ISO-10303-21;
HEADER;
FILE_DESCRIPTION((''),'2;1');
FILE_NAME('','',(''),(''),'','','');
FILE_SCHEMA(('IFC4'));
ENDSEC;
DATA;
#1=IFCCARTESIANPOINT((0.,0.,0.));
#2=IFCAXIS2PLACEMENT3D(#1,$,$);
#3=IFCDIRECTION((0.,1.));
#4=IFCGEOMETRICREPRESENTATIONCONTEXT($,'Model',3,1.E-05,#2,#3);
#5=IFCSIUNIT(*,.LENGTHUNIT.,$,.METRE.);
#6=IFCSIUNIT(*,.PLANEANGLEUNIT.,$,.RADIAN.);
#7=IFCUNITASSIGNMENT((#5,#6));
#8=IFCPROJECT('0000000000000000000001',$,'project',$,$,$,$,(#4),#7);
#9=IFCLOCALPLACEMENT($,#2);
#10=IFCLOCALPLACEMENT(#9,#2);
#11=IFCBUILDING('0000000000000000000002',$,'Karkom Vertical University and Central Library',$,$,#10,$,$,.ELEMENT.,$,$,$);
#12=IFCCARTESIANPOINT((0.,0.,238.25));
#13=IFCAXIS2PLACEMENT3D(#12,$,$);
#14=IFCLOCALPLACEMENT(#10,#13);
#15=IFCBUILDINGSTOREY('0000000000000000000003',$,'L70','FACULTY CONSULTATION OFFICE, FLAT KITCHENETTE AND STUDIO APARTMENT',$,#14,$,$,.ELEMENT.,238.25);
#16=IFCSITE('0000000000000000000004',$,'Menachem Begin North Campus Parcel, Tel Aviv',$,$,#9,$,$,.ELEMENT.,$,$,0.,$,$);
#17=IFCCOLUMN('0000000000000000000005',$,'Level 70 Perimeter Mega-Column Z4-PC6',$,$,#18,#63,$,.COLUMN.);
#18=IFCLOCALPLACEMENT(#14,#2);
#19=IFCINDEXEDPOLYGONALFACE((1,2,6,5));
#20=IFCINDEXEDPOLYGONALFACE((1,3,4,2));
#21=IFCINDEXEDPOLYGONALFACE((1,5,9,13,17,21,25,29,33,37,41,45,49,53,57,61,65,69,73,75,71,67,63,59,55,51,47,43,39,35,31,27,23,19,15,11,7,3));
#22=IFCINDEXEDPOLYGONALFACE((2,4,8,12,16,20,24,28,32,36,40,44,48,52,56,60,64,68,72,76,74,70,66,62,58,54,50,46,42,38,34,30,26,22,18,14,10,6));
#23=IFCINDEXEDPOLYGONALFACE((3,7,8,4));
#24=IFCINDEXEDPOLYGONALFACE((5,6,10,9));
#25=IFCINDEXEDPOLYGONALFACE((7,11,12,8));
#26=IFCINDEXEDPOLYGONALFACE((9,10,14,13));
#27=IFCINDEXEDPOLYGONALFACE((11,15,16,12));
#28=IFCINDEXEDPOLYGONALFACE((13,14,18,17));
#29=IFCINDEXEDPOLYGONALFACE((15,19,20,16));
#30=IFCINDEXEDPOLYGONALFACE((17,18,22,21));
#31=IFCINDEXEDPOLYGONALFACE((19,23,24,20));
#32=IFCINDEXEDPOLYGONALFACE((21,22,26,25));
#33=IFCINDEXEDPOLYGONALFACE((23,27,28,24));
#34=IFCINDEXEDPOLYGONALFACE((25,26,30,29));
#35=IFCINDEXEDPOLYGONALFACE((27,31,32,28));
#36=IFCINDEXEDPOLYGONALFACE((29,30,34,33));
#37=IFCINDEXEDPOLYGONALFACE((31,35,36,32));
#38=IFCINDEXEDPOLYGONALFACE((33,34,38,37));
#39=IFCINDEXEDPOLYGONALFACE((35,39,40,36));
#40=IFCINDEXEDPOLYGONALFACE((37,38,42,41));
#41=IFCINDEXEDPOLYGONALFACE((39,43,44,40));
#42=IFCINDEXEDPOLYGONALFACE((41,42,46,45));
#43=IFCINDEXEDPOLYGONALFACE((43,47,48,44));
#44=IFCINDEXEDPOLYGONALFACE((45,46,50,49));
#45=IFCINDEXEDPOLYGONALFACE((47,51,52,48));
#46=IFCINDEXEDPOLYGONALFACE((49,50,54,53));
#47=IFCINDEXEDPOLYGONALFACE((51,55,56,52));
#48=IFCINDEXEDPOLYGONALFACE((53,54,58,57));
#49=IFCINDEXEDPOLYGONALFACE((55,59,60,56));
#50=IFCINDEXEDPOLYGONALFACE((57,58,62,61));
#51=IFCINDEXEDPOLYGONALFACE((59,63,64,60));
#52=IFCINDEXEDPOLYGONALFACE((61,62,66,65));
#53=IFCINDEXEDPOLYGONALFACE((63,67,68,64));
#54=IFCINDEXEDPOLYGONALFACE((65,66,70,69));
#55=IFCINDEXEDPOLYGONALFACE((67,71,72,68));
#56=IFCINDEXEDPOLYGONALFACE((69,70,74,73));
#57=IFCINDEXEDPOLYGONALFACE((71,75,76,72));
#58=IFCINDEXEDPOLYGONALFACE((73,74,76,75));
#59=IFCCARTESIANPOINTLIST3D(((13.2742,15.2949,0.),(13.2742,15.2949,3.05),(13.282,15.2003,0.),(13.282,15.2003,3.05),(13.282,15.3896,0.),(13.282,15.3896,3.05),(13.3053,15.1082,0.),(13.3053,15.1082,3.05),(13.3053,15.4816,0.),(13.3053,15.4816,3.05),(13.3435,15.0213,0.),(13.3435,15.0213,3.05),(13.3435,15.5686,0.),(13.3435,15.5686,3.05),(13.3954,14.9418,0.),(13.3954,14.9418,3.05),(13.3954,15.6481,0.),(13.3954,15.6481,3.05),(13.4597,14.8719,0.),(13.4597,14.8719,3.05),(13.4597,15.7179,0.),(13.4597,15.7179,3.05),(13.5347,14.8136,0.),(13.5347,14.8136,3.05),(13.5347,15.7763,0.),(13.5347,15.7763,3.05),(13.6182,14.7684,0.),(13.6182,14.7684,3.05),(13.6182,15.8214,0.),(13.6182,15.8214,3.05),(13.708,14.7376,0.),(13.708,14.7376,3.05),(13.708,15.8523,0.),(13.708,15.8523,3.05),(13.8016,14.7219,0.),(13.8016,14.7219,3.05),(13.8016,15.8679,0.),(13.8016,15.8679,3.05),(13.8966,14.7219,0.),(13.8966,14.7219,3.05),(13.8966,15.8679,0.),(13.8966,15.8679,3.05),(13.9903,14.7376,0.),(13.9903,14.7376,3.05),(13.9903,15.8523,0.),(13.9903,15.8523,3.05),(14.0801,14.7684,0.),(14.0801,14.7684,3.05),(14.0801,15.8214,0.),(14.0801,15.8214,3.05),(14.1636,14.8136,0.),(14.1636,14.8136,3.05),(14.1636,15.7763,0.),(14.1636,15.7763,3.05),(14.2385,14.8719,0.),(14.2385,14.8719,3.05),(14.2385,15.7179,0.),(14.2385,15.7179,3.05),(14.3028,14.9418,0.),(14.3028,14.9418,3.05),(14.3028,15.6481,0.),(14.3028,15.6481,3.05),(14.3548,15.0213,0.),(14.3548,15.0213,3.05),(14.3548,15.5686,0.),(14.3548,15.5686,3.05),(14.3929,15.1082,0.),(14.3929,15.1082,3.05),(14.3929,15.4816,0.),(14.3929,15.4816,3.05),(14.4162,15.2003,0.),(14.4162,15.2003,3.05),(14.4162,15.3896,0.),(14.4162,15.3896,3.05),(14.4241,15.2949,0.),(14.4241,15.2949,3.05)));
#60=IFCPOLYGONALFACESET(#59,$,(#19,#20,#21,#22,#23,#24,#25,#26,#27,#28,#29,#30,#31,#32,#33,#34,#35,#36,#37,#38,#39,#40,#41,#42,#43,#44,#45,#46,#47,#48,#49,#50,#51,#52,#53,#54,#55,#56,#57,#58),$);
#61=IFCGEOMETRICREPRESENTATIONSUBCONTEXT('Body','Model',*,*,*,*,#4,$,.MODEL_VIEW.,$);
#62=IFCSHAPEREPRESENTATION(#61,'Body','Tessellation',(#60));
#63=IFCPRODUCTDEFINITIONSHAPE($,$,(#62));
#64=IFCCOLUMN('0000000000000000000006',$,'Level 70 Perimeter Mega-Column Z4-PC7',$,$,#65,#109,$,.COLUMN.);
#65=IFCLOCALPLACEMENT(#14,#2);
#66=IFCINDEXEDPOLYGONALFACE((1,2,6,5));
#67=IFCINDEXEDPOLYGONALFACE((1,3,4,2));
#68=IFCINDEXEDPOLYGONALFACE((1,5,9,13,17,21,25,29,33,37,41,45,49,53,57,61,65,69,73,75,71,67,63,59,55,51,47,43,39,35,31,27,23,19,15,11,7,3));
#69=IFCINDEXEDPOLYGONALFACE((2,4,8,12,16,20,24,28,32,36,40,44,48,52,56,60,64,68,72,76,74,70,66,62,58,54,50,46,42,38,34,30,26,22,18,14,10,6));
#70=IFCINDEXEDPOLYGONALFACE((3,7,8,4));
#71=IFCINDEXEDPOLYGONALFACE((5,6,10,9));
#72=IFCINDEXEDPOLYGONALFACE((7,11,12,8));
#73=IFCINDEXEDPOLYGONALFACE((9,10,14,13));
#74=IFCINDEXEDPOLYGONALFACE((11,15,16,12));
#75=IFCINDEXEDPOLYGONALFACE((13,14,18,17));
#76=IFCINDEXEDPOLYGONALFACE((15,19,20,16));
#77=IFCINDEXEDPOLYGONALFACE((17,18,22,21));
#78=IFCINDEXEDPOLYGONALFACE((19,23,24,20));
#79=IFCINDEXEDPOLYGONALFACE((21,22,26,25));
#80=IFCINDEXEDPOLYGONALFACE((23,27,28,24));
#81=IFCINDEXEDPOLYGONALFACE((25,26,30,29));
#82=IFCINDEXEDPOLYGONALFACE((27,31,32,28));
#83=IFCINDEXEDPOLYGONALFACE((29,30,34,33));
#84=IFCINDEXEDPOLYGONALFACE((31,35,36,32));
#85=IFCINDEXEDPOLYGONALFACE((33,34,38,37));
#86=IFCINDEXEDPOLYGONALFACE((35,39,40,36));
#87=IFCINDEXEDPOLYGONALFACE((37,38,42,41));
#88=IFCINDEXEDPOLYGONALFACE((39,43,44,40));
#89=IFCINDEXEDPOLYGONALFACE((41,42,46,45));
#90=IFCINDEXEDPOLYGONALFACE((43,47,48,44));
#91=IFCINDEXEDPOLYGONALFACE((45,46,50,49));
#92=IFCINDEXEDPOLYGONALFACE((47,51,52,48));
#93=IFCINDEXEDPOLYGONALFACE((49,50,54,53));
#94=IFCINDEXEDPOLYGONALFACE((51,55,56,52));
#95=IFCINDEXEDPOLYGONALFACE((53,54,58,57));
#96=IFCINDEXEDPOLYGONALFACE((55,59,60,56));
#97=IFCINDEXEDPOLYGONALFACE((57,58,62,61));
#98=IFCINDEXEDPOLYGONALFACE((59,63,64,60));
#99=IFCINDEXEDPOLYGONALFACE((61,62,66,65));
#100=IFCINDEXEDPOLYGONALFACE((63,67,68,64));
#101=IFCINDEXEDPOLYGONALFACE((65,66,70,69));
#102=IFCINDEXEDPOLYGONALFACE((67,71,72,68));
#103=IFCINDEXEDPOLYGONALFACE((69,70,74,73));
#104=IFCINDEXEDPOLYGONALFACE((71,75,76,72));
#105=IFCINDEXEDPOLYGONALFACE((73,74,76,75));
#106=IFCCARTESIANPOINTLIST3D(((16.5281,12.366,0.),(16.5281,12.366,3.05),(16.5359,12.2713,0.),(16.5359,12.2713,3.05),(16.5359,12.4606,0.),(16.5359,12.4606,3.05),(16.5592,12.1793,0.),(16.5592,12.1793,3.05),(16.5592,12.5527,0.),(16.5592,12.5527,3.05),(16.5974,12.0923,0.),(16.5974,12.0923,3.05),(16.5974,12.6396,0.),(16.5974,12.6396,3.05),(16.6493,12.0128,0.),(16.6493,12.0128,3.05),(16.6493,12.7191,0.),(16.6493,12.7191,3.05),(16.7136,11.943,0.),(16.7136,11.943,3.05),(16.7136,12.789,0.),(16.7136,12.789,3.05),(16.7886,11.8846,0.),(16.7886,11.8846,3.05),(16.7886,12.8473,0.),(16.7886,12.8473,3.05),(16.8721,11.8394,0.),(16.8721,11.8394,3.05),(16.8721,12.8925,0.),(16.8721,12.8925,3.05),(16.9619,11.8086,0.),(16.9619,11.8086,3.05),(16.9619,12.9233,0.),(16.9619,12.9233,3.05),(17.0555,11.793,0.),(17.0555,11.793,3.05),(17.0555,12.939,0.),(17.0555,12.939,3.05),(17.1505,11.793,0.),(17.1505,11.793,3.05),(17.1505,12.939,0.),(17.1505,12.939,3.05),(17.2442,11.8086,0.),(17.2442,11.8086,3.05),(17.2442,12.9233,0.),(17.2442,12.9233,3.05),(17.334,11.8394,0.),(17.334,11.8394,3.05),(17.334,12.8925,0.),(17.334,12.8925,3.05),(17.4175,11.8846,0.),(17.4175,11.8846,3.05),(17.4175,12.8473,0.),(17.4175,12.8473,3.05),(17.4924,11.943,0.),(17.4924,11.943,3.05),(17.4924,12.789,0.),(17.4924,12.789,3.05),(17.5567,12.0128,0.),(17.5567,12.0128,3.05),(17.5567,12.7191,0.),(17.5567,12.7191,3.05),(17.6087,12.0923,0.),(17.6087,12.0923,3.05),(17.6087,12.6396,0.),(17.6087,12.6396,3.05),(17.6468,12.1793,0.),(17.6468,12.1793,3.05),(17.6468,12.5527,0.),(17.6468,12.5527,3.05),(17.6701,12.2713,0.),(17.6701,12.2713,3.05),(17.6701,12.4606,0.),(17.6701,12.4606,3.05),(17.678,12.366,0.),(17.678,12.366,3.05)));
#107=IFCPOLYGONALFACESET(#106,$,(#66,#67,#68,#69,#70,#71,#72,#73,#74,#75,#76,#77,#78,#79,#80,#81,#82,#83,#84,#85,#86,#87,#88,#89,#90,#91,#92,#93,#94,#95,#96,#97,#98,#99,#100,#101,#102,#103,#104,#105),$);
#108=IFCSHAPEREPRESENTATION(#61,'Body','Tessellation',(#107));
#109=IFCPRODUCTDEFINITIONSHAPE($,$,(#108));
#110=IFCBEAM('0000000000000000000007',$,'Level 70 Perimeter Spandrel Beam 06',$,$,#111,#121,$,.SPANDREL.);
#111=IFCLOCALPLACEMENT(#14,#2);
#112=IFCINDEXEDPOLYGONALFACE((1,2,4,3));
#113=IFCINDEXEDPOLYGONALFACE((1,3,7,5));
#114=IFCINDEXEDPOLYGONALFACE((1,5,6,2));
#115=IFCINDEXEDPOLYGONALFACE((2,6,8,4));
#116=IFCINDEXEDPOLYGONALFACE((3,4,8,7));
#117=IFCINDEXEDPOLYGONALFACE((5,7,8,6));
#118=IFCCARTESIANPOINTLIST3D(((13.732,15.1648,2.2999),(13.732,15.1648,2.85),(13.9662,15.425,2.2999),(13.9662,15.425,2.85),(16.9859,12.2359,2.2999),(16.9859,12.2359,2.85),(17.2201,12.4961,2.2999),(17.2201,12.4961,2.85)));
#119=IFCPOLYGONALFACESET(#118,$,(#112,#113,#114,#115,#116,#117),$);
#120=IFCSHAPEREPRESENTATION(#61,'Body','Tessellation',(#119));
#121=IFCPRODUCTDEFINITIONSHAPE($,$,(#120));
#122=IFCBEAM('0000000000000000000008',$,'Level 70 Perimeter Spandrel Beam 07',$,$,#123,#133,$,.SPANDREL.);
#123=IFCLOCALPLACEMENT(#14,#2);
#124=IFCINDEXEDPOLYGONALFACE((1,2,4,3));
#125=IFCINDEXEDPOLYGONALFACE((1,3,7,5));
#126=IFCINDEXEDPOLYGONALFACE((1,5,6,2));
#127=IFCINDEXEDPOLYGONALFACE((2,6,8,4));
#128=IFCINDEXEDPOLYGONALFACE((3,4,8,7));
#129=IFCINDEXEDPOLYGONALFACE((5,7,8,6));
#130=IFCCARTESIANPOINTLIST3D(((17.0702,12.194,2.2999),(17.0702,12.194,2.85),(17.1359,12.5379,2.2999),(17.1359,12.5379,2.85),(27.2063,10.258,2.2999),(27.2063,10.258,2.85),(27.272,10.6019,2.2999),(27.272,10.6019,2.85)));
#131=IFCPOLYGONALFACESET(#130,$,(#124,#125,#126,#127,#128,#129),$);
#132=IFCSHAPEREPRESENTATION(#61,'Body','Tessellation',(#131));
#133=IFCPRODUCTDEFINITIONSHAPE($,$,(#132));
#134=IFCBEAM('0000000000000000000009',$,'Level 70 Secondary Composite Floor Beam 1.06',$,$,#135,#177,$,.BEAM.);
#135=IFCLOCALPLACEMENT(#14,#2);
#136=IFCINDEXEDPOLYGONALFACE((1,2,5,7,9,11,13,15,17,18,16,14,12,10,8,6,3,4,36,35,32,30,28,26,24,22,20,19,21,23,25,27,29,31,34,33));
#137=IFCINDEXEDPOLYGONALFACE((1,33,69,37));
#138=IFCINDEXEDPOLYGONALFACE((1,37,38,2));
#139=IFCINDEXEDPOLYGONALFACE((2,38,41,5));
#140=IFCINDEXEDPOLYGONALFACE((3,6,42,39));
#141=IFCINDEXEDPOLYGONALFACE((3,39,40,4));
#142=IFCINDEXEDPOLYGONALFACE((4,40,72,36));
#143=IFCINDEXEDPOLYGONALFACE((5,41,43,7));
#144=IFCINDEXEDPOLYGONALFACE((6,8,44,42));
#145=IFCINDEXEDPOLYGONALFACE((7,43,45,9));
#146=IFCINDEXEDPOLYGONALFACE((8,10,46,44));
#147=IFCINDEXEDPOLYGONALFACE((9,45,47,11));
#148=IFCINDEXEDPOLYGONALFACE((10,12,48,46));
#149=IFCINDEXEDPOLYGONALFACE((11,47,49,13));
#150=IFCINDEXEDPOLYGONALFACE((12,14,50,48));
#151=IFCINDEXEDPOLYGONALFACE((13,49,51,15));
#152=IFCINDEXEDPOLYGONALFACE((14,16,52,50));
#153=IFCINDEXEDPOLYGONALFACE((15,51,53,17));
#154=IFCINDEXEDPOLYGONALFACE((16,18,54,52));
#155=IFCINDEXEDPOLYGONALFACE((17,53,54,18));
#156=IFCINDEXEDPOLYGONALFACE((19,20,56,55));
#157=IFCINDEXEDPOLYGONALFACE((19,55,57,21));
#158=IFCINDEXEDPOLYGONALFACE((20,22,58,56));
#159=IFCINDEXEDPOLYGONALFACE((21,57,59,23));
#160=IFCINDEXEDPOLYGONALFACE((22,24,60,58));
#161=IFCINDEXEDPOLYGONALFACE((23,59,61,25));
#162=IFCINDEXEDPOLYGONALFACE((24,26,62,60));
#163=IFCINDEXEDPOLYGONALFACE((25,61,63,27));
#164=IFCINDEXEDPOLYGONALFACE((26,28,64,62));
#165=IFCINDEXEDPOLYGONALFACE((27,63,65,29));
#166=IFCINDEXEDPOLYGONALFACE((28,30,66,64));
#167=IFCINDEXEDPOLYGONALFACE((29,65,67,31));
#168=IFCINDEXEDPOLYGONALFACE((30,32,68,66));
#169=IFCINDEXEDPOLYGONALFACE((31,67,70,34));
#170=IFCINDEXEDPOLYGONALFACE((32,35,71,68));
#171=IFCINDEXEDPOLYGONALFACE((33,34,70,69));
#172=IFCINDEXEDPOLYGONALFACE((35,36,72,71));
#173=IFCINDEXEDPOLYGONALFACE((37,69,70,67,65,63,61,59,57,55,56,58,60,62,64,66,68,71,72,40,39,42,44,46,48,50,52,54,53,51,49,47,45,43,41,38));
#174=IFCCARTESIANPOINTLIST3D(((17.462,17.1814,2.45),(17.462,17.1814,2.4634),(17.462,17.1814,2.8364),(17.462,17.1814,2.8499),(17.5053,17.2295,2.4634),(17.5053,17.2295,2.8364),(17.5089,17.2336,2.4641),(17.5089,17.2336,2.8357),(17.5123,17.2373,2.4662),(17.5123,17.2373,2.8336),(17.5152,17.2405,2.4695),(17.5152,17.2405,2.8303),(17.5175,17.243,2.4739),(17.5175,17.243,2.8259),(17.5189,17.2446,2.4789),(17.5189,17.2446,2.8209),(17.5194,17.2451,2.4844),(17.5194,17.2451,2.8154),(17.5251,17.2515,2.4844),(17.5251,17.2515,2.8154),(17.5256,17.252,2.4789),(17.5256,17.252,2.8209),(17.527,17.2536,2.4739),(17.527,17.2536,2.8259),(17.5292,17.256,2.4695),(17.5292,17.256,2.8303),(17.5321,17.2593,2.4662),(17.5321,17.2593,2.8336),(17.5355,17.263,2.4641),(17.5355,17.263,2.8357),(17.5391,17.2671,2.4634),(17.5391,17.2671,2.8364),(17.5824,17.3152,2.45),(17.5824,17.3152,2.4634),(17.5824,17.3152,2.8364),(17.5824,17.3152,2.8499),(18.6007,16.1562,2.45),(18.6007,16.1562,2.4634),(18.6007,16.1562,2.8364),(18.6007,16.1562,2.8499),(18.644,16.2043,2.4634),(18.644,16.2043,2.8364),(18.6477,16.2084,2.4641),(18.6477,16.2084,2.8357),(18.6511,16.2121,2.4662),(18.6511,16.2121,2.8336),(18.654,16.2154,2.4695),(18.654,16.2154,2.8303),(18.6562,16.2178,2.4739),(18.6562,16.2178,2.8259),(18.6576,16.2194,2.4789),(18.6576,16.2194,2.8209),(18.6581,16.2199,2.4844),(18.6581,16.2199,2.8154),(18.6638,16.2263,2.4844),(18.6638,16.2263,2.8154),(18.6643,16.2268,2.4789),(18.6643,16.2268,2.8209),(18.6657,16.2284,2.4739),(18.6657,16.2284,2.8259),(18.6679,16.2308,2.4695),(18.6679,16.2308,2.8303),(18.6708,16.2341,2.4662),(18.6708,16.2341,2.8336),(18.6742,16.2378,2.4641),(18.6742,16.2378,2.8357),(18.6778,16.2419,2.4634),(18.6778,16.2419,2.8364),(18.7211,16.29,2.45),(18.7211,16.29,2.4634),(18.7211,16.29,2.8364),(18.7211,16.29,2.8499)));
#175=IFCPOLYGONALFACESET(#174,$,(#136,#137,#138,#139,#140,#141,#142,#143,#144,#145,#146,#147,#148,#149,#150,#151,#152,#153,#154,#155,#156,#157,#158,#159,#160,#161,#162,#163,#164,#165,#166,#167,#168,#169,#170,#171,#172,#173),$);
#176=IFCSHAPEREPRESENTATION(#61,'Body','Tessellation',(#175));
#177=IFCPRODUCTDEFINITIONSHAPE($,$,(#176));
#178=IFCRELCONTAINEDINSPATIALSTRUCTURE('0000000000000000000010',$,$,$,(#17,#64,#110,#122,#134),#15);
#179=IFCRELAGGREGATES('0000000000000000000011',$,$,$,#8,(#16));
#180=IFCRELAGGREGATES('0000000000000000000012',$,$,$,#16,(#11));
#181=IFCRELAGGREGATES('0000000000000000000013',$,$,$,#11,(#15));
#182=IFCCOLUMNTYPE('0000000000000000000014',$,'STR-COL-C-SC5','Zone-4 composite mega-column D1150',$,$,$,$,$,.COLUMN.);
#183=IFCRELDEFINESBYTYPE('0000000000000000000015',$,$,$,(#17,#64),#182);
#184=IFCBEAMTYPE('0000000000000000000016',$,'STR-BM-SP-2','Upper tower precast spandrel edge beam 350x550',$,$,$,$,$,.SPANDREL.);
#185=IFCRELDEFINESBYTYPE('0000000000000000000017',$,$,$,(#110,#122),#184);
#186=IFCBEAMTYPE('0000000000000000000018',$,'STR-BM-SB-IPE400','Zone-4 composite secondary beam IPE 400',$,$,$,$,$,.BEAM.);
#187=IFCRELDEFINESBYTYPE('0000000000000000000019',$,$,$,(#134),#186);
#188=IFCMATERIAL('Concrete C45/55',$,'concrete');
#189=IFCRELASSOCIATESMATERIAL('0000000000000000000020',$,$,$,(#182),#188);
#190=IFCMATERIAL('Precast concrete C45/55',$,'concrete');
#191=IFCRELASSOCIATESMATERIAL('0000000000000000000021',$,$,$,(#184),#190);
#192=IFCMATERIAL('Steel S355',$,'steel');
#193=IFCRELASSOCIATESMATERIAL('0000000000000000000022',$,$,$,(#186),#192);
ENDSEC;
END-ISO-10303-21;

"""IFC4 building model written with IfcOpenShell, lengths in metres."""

from ifc_helpers import new_model, si_unit, direction, frame, origin, origin_with_axes, origin_2d, place, context, subcontext, project, spatial, rectangle, circle, i_section, extrude, source, transform, mapped, material, material_profile, profile_set, type_object, element, save


model = new_model("IFC4")

# Units and contexts
model_context = context("Model", 3, precision=1e-05, world=origin(), true_north=direction((0.0, 1.0)))
body_context = subcontext(model_context, "Body", "Model", "MODEL_VIEW")
ifc_project = project(units=[si_unit("LENGTHUNIT", "METRE"), si_unit("PLANEANGLEUNIT", "RADIAN")], contexts=[model_context])

# Site, building, storey
site_placement = place(None, origin())
site = spatial("IfcSite", under=ifc_project, at=site_placement, Name="Menachem Begin North Campus Parcel, Tel Aviv", CompositionType="ELEMENT", RefElevation=0.0)
building_placement = place(site_placement, origin())
building = spatial("IfcBuilding", under=site, at=building_placement, Name="Karkom Vertical University and Central Library", CompositionType="ELEMENT")
storey_placement = place(building_placement, frame((0.0, 0.0, 238.25)))
storey = spatial("IfcBuildingStorey", under=building, at=storey_placement, Name="L70", Description="FACULTY CONSULTATION OFFICE, FLAT KITCHENETTE AND STUDIO APARTMENT", CompositionType="ELEMENT", Elevation=238.25)

# Columns
ifc_material_1 = material(Name="Concrete C45/55", Category="concrete")
ifc_material_profile_1 = material_profile(ifc_material_1, circle(Radius=0.575, at=origin_2d()), Name="CFT-D1150")
ifc_profile_set_1 = profile_set([ifc_material_profile_1], Name="Concrete C45/55")
column_type = type_object("IfcColumnType", Name="STR-COL-C-SC5", Description="Zone-4 composite mega-column D1150", PredefinedType="COLUMN", material=ifc_profile_set_1)
shared_shape_1 = source(origin_with_axes(), body_context, "Body", "SweptSolid", [
    extrude(circle(Radius=0.575, at=origin_2d()), origin(), (0.0, 0.0, 1.0), 3.05),
])
for number, where, z_axis, x_axis, name in (
    (1, (13.8491, 15.2949, 0.0), (0.0, 0.0, 1.0), (1.0, 0.0, 0.0), "Level 70 Perimeter Mega-Column Z4-PC6"),
    (2, (17.103, 12.366, 0.0), (0.0, 0.0, 1.0), (1.0, 0.0, 0.0), "Level 70 Perimeter Mega-Column Z4-PC7"),
):
    element("IfcColumn", number, at=place(storey_placement, frame(where, z_axis=z_axis, x_axis=x_axis)), inside=storey, type_object=column_type, Name=name, PredefinedType="COLUMN", context=body_context, shape_type="MappedRepresentation", body=[
        mapped(shared_shape_1, transform((0.0, 0.0, 0.0), scale=1.0)),
    ])

# Beams
ifc_material_2 = material(Name="Precast concrete C45/55", Category="concrete")
ifc_material_profile_2 = material_profile(ifc_material_2, rectangle(XDim=0.3501, YDim=0.55, at=origin_2d()), Name="SPB-350x550")
ifc_profile_set_2 = profile_set([ifc_material_profile_2], Name="Precast concrete C45/55")
beam_type_1 = type_object("IfcBeamType", Name="STR-BM-SP-2", Description="Upper tower precast spandrel edge beam 350x550", PredefinedType="SPANDREL", material=ifc_profile_set_2)
shared_shape_2 = source(origin_with_axes(), body_context, "Body", "SweptSolid", [
    extrude(rectangle(XDim=0.3501, YDim=0.55, at=origin_2d()), origin(), (0.0, 0.0, 1.0), 4.3779),
])
beam_1_placement = place(storey_placement, frame((13.8491, 15.2949, 2.575), z_axis=(0.743244, -0.66902, 0.0), x_axis=(0.66902, 0.743244, 0.0)))
element("IfcBeam", 3, at=beam_1_placement, inside=storey, type_object=beam_type_1, Name="Level 70 Perimeter Spandrel Beam 06", PredefinedType="SPANDREL", context=body_context, shape_type="MappedRepresentation", body=[
    mapped(shared_shape_2, transform((0.0, 0.0, 0.0), scale=1.0)),
])
shared_shape_3 = source(origin_with_axes(), body_context, "Body", "SweptSolid", [
    extrude(rectangle(XDim=0.3501, YDim=0.55, at=origin_2d()), origin(), (0.0, 0.0, 1.0), 10.3193),
])
beam_2_placement = place(storey_placement, frame((17.103, 12.366, 2.575), z_axis=(0.982243, -0.187614, 0.0), x_axis=(0.187614, 0.982243, 0.0)))
element("IfcBeam", 4, at=beam_2_placement, inside=storey, type_object=beam_type_1, Name="Level 70 Perimeter Spandrel Beam 07", PredefinedType="SPANDREL", context=body_context, shape_type="MappedRepresentation", body=[
    mapped(shared_shape_3, transform((0.0, 0.0, 0.0), scale=1.0)),
])
ifc_material_3 = material(Name="Steel S355", Category="steel")
ifc_material_profile_3 = material_profile(ifc_material_3, i_section(OverallWidth=0.1799, OverallDepth=0.3999, WebThickness=0.0085, FlangeThickness=0.0134, FilletRadius=0.021, at=origin_2d()), Name="IPE 400")
ifc_profile_set_3 = profile_set([ifc_material_profile_3], Name="Steel S355")
beam_type_2 = type_object("IfcBeamType", Name="STR-BM-SB-IPE400", Description="Zone-4 composite secondary beam IPE 400", PredefinedType="BEAM", material=ifc_profile_set_3)
shared_shape_4 = source(origin_with_axes(), body_context, "Body", "SweptSolid", [
    extrude(i_section(OverallWidth=0.1799, OverallDepth=0.3999, WebThickness=0.0085, FlangeThickness=0.0134, FilletRadius=0.021, at=origin_2d()), origin(), (0.0, 0.0, 1.0), 1.5322),
])
beam_3_placement = place(storey_placement, frame((17.5222, 17.2483, 2.6499), z_axis=(0.743183, -0.669088, 0.0), x_axis=(0.669088, 0.743183, 0.0)))
element("IfcBeam", 5, at=beam_3_placement, inside=storey, type_object=beam_type_2, Name="Level 70 Secondary Composite Floor Beam 1.06", PredefinedType="BEAM", context=body_context, shape_type="MappedRepresentation", body=[
    mapped(shared_shape_4, transform((0.0, 0.0, 0.0), scale=1.0)),
])

save(model, "model.ifc")
